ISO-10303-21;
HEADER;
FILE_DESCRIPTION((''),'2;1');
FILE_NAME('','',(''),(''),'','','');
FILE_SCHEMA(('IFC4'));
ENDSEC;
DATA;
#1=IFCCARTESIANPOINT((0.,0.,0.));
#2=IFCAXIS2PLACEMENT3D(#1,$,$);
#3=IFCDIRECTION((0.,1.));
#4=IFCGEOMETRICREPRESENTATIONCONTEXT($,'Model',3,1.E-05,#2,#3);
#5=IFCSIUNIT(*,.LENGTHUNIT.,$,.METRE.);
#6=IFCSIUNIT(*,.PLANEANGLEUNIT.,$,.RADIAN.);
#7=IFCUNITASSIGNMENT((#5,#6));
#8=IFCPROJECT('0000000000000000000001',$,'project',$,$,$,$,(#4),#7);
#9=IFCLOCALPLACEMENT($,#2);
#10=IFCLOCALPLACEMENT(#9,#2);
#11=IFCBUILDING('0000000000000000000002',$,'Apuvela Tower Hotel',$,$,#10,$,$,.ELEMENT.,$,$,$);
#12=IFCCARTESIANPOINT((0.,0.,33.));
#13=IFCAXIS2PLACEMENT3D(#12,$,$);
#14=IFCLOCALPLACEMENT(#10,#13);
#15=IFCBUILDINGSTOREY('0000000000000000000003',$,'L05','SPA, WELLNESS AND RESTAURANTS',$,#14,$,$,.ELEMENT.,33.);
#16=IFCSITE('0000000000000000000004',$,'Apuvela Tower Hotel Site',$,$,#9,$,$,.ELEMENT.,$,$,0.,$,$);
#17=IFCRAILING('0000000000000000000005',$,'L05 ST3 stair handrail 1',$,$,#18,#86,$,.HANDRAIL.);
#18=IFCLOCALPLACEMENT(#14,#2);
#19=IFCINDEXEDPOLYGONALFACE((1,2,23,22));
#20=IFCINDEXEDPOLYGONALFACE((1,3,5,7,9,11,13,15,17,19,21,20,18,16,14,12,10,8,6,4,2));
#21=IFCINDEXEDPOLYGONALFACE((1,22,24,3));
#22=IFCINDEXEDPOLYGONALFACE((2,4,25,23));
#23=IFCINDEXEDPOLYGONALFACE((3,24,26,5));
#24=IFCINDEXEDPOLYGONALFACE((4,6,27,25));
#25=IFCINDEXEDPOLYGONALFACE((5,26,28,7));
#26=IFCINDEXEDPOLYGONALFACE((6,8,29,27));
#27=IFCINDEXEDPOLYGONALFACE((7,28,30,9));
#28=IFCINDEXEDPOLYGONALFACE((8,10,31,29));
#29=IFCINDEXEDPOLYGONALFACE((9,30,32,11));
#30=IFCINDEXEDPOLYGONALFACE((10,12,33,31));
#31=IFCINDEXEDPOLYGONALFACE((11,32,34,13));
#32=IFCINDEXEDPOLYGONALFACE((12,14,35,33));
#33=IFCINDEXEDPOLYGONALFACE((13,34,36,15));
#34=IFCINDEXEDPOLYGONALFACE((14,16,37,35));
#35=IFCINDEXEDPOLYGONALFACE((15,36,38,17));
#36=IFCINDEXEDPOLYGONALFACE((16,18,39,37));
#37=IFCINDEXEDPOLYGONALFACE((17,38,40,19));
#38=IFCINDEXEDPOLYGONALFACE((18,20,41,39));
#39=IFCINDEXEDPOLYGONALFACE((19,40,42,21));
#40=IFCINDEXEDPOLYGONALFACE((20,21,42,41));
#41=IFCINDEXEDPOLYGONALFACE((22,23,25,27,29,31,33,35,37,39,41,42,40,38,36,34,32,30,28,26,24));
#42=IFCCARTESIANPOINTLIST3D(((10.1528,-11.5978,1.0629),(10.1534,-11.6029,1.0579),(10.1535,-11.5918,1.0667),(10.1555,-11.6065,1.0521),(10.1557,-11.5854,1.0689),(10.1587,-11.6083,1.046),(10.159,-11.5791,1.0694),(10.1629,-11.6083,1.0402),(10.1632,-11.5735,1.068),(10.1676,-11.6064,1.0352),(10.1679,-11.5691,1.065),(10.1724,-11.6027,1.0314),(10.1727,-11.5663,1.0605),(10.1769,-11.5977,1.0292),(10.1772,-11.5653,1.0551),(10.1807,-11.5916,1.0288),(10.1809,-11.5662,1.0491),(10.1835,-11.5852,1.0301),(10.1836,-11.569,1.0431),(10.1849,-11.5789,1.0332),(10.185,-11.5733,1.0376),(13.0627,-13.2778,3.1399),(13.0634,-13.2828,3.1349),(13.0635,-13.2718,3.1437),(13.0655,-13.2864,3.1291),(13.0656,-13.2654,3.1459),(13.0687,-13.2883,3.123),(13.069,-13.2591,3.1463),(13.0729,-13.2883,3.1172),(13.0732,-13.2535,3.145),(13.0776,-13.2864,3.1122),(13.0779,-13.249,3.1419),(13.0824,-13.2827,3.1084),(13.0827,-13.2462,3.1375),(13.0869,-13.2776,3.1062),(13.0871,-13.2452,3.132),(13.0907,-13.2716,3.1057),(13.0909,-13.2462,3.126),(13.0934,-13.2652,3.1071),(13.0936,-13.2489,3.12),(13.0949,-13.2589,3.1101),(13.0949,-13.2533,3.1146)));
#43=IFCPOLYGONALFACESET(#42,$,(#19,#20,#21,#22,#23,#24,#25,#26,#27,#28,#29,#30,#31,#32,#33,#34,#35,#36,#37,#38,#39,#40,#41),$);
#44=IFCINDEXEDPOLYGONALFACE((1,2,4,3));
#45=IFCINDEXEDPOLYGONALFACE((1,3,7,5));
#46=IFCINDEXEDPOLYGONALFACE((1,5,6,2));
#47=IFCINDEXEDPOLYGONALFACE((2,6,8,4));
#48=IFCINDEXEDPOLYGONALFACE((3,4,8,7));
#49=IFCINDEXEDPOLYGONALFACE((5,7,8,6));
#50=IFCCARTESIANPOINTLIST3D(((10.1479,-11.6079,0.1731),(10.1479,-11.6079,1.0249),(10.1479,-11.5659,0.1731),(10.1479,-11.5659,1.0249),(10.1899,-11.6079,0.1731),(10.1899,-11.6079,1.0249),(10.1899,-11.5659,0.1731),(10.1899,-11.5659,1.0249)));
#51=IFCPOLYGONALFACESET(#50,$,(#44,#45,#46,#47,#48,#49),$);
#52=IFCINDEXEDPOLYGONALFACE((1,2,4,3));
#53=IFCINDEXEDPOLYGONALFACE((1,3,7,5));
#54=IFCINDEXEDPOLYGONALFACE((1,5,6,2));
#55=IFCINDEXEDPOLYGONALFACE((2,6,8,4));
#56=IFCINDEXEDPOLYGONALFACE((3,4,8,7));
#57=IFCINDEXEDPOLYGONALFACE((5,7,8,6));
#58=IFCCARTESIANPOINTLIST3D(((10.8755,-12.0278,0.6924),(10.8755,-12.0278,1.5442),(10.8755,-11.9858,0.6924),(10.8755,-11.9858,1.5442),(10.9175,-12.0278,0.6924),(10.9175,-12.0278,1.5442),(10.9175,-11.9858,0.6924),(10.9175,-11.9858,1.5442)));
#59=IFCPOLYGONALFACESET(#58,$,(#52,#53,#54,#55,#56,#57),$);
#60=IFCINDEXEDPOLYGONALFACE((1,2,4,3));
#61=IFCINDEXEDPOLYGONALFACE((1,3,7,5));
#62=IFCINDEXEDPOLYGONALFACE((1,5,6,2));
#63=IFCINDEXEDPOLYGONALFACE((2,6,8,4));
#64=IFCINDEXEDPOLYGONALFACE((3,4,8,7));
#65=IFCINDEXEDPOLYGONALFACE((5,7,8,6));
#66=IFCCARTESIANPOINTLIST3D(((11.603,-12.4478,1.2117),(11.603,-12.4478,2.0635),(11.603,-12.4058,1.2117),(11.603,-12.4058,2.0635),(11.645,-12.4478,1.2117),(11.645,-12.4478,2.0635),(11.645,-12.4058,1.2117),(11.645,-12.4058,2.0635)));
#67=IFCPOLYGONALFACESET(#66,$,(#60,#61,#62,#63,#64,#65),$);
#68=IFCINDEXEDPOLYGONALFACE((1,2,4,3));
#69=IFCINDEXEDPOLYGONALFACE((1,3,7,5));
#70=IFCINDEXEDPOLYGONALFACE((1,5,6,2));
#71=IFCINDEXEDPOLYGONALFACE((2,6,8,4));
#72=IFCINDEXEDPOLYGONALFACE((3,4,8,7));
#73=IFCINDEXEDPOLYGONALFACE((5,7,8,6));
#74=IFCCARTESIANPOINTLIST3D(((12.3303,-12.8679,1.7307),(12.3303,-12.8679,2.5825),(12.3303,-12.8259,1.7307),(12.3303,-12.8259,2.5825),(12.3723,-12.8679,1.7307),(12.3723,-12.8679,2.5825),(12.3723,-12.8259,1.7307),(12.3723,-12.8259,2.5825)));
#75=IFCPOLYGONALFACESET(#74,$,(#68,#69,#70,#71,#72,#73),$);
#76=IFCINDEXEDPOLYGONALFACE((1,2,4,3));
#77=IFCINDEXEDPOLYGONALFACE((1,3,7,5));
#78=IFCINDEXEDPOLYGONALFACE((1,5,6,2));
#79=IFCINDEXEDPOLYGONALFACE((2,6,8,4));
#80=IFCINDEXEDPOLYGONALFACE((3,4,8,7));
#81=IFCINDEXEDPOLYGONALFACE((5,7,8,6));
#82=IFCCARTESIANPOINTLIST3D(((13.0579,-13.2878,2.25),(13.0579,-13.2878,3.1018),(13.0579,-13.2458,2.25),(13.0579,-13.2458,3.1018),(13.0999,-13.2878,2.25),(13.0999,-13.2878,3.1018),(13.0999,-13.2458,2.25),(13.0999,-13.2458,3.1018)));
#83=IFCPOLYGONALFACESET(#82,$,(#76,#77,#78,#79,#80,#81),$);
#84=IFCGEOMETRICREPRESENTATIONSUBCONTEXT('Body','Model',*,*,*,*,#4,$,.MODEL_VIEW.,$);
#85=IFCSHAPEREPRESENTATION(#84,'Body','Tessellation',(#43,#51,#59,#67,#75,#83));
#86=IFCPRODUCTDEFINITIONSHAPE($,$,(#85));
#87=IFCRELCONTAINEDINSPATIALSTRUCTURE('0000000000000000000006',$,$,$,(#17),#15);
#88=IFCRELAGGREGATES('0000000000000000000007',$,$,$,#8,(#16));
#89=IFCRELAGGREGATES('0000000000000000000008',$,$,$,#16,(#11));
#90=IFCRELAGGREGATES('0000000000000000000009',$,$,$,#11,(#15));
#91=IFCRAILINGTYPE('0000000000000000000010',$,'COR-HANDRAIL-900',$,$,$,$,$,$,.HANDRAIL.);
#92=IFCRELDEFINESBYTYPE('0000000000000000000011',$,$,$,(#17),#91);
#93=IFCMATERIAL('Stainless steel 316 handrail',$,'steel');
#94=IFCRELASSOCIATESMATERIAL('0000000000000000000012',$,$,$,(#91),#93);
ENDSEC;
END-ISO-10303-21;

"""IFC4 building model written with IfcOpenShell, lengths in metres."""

from ifc_helpers import new_model, si_unit, direction, frame, origin, origin_2d, place, context, subcontext, project, spatial, rectangle, circle, extrude, material, type_object, element, save


model = new_model("IFC4")

# Units and contexts
model_context = context("Model", 3, precision=1e-05, world=origin(), true_north=direction((0.0, 1.0)))
body_context = subcontext(model_context, "Body", "Model", "MODEL_VIEW")
ifc_project = project(units=[si_unit("LENGTHUNIT", "METRE"), si_unit("PLANEANGLEUNIT", "RADIAN")], contexts=[model_context])

# Site, building, storey
site_placement = place(None, origin())
site = spatial("IfcSite", under=ifc_project, at=site_placement, Name="Apuvela Tower Hotel Site", CompositionType="ELEMENT", RefElevation=0.0)
building_placement = place(site_placement, origin())
building = spatial("IfcBuilding", under=site, at=building_placement, Name="Apuvela Tower Hotel", CompositionType="ELEMENT")
storey_placement = place(building_placement, frame((0.0, 0.0, 33.0)))
storey = spatial("IfcBuildingStorey", under=building, at=storey_placement, Name="L05", Description="SPA, WELLNESS AND RESTAURANTS", CompositionType="ELEMENT", Elevation=33.0)

# Railing
ifc_material_1 = material(Name="Stainless steel 316 handrail", Category="steel")
railing_type_1 = type_object("IfcRailingType", Name="COR-HANDRAIL-900", PredefinedType="HANDRAIL", material=ifc_material_1)
railing_1_placement = place(storey_placement, frame((10.1689, -11.5869, 0.1731)))
element("IfcRailing", 1, at=railing_1_placement, inside=storey, type_object=railing_type_1, Name="L05 ST3 stair handrail 1", PredefinedType="HANDRAIL", context=body_context, shape_type="SweptSolid", body=[
    extrude(circle(Radius=0.0239, at=origin_2d()), frame((0.0, 0.0, 0.876), z_axis=(0.736668, -0.425288, 0.525785), x_axis=(0.499976, 0.866039, 0.0)), (0.0, 0.0, 1.0), 3.9502),
    extrude(rectangle(XDim=0.042, YDim=0.042, at=origin_2d()), origin(), (0.0, 0.0, 1.0), 0.8518),
    extrude(rectangle(XDim=0.042, YDim=0.042, at=origin_2d()), frame((0.7275, -0.4199, 0.5193)), (0.0, 0.0, 1.0), 0.8518),
    extrude(rectangle(XDim=0.042, YDim=0.042, at=origin_2d()), frame((1.4551, -0.8398, 1.0386)), (0.0, 0.0, 1.0), 0.8518),
    extrude(rectangle(XDim=0.042, YDim=0.042, at=origin_2d()), frame((2.1824, -1.26, 1.5576)), (0.0, 0.0, 1.0), 0.8518),
    extrude(rectangle(XDim=0.042, YDim=0.042, at=origin_2d()), frame((2.9099, -1.6799, 2.0769)), (0.0, 0.0, 1.0), 0.8518),
])

save(model, "model.ifc")
